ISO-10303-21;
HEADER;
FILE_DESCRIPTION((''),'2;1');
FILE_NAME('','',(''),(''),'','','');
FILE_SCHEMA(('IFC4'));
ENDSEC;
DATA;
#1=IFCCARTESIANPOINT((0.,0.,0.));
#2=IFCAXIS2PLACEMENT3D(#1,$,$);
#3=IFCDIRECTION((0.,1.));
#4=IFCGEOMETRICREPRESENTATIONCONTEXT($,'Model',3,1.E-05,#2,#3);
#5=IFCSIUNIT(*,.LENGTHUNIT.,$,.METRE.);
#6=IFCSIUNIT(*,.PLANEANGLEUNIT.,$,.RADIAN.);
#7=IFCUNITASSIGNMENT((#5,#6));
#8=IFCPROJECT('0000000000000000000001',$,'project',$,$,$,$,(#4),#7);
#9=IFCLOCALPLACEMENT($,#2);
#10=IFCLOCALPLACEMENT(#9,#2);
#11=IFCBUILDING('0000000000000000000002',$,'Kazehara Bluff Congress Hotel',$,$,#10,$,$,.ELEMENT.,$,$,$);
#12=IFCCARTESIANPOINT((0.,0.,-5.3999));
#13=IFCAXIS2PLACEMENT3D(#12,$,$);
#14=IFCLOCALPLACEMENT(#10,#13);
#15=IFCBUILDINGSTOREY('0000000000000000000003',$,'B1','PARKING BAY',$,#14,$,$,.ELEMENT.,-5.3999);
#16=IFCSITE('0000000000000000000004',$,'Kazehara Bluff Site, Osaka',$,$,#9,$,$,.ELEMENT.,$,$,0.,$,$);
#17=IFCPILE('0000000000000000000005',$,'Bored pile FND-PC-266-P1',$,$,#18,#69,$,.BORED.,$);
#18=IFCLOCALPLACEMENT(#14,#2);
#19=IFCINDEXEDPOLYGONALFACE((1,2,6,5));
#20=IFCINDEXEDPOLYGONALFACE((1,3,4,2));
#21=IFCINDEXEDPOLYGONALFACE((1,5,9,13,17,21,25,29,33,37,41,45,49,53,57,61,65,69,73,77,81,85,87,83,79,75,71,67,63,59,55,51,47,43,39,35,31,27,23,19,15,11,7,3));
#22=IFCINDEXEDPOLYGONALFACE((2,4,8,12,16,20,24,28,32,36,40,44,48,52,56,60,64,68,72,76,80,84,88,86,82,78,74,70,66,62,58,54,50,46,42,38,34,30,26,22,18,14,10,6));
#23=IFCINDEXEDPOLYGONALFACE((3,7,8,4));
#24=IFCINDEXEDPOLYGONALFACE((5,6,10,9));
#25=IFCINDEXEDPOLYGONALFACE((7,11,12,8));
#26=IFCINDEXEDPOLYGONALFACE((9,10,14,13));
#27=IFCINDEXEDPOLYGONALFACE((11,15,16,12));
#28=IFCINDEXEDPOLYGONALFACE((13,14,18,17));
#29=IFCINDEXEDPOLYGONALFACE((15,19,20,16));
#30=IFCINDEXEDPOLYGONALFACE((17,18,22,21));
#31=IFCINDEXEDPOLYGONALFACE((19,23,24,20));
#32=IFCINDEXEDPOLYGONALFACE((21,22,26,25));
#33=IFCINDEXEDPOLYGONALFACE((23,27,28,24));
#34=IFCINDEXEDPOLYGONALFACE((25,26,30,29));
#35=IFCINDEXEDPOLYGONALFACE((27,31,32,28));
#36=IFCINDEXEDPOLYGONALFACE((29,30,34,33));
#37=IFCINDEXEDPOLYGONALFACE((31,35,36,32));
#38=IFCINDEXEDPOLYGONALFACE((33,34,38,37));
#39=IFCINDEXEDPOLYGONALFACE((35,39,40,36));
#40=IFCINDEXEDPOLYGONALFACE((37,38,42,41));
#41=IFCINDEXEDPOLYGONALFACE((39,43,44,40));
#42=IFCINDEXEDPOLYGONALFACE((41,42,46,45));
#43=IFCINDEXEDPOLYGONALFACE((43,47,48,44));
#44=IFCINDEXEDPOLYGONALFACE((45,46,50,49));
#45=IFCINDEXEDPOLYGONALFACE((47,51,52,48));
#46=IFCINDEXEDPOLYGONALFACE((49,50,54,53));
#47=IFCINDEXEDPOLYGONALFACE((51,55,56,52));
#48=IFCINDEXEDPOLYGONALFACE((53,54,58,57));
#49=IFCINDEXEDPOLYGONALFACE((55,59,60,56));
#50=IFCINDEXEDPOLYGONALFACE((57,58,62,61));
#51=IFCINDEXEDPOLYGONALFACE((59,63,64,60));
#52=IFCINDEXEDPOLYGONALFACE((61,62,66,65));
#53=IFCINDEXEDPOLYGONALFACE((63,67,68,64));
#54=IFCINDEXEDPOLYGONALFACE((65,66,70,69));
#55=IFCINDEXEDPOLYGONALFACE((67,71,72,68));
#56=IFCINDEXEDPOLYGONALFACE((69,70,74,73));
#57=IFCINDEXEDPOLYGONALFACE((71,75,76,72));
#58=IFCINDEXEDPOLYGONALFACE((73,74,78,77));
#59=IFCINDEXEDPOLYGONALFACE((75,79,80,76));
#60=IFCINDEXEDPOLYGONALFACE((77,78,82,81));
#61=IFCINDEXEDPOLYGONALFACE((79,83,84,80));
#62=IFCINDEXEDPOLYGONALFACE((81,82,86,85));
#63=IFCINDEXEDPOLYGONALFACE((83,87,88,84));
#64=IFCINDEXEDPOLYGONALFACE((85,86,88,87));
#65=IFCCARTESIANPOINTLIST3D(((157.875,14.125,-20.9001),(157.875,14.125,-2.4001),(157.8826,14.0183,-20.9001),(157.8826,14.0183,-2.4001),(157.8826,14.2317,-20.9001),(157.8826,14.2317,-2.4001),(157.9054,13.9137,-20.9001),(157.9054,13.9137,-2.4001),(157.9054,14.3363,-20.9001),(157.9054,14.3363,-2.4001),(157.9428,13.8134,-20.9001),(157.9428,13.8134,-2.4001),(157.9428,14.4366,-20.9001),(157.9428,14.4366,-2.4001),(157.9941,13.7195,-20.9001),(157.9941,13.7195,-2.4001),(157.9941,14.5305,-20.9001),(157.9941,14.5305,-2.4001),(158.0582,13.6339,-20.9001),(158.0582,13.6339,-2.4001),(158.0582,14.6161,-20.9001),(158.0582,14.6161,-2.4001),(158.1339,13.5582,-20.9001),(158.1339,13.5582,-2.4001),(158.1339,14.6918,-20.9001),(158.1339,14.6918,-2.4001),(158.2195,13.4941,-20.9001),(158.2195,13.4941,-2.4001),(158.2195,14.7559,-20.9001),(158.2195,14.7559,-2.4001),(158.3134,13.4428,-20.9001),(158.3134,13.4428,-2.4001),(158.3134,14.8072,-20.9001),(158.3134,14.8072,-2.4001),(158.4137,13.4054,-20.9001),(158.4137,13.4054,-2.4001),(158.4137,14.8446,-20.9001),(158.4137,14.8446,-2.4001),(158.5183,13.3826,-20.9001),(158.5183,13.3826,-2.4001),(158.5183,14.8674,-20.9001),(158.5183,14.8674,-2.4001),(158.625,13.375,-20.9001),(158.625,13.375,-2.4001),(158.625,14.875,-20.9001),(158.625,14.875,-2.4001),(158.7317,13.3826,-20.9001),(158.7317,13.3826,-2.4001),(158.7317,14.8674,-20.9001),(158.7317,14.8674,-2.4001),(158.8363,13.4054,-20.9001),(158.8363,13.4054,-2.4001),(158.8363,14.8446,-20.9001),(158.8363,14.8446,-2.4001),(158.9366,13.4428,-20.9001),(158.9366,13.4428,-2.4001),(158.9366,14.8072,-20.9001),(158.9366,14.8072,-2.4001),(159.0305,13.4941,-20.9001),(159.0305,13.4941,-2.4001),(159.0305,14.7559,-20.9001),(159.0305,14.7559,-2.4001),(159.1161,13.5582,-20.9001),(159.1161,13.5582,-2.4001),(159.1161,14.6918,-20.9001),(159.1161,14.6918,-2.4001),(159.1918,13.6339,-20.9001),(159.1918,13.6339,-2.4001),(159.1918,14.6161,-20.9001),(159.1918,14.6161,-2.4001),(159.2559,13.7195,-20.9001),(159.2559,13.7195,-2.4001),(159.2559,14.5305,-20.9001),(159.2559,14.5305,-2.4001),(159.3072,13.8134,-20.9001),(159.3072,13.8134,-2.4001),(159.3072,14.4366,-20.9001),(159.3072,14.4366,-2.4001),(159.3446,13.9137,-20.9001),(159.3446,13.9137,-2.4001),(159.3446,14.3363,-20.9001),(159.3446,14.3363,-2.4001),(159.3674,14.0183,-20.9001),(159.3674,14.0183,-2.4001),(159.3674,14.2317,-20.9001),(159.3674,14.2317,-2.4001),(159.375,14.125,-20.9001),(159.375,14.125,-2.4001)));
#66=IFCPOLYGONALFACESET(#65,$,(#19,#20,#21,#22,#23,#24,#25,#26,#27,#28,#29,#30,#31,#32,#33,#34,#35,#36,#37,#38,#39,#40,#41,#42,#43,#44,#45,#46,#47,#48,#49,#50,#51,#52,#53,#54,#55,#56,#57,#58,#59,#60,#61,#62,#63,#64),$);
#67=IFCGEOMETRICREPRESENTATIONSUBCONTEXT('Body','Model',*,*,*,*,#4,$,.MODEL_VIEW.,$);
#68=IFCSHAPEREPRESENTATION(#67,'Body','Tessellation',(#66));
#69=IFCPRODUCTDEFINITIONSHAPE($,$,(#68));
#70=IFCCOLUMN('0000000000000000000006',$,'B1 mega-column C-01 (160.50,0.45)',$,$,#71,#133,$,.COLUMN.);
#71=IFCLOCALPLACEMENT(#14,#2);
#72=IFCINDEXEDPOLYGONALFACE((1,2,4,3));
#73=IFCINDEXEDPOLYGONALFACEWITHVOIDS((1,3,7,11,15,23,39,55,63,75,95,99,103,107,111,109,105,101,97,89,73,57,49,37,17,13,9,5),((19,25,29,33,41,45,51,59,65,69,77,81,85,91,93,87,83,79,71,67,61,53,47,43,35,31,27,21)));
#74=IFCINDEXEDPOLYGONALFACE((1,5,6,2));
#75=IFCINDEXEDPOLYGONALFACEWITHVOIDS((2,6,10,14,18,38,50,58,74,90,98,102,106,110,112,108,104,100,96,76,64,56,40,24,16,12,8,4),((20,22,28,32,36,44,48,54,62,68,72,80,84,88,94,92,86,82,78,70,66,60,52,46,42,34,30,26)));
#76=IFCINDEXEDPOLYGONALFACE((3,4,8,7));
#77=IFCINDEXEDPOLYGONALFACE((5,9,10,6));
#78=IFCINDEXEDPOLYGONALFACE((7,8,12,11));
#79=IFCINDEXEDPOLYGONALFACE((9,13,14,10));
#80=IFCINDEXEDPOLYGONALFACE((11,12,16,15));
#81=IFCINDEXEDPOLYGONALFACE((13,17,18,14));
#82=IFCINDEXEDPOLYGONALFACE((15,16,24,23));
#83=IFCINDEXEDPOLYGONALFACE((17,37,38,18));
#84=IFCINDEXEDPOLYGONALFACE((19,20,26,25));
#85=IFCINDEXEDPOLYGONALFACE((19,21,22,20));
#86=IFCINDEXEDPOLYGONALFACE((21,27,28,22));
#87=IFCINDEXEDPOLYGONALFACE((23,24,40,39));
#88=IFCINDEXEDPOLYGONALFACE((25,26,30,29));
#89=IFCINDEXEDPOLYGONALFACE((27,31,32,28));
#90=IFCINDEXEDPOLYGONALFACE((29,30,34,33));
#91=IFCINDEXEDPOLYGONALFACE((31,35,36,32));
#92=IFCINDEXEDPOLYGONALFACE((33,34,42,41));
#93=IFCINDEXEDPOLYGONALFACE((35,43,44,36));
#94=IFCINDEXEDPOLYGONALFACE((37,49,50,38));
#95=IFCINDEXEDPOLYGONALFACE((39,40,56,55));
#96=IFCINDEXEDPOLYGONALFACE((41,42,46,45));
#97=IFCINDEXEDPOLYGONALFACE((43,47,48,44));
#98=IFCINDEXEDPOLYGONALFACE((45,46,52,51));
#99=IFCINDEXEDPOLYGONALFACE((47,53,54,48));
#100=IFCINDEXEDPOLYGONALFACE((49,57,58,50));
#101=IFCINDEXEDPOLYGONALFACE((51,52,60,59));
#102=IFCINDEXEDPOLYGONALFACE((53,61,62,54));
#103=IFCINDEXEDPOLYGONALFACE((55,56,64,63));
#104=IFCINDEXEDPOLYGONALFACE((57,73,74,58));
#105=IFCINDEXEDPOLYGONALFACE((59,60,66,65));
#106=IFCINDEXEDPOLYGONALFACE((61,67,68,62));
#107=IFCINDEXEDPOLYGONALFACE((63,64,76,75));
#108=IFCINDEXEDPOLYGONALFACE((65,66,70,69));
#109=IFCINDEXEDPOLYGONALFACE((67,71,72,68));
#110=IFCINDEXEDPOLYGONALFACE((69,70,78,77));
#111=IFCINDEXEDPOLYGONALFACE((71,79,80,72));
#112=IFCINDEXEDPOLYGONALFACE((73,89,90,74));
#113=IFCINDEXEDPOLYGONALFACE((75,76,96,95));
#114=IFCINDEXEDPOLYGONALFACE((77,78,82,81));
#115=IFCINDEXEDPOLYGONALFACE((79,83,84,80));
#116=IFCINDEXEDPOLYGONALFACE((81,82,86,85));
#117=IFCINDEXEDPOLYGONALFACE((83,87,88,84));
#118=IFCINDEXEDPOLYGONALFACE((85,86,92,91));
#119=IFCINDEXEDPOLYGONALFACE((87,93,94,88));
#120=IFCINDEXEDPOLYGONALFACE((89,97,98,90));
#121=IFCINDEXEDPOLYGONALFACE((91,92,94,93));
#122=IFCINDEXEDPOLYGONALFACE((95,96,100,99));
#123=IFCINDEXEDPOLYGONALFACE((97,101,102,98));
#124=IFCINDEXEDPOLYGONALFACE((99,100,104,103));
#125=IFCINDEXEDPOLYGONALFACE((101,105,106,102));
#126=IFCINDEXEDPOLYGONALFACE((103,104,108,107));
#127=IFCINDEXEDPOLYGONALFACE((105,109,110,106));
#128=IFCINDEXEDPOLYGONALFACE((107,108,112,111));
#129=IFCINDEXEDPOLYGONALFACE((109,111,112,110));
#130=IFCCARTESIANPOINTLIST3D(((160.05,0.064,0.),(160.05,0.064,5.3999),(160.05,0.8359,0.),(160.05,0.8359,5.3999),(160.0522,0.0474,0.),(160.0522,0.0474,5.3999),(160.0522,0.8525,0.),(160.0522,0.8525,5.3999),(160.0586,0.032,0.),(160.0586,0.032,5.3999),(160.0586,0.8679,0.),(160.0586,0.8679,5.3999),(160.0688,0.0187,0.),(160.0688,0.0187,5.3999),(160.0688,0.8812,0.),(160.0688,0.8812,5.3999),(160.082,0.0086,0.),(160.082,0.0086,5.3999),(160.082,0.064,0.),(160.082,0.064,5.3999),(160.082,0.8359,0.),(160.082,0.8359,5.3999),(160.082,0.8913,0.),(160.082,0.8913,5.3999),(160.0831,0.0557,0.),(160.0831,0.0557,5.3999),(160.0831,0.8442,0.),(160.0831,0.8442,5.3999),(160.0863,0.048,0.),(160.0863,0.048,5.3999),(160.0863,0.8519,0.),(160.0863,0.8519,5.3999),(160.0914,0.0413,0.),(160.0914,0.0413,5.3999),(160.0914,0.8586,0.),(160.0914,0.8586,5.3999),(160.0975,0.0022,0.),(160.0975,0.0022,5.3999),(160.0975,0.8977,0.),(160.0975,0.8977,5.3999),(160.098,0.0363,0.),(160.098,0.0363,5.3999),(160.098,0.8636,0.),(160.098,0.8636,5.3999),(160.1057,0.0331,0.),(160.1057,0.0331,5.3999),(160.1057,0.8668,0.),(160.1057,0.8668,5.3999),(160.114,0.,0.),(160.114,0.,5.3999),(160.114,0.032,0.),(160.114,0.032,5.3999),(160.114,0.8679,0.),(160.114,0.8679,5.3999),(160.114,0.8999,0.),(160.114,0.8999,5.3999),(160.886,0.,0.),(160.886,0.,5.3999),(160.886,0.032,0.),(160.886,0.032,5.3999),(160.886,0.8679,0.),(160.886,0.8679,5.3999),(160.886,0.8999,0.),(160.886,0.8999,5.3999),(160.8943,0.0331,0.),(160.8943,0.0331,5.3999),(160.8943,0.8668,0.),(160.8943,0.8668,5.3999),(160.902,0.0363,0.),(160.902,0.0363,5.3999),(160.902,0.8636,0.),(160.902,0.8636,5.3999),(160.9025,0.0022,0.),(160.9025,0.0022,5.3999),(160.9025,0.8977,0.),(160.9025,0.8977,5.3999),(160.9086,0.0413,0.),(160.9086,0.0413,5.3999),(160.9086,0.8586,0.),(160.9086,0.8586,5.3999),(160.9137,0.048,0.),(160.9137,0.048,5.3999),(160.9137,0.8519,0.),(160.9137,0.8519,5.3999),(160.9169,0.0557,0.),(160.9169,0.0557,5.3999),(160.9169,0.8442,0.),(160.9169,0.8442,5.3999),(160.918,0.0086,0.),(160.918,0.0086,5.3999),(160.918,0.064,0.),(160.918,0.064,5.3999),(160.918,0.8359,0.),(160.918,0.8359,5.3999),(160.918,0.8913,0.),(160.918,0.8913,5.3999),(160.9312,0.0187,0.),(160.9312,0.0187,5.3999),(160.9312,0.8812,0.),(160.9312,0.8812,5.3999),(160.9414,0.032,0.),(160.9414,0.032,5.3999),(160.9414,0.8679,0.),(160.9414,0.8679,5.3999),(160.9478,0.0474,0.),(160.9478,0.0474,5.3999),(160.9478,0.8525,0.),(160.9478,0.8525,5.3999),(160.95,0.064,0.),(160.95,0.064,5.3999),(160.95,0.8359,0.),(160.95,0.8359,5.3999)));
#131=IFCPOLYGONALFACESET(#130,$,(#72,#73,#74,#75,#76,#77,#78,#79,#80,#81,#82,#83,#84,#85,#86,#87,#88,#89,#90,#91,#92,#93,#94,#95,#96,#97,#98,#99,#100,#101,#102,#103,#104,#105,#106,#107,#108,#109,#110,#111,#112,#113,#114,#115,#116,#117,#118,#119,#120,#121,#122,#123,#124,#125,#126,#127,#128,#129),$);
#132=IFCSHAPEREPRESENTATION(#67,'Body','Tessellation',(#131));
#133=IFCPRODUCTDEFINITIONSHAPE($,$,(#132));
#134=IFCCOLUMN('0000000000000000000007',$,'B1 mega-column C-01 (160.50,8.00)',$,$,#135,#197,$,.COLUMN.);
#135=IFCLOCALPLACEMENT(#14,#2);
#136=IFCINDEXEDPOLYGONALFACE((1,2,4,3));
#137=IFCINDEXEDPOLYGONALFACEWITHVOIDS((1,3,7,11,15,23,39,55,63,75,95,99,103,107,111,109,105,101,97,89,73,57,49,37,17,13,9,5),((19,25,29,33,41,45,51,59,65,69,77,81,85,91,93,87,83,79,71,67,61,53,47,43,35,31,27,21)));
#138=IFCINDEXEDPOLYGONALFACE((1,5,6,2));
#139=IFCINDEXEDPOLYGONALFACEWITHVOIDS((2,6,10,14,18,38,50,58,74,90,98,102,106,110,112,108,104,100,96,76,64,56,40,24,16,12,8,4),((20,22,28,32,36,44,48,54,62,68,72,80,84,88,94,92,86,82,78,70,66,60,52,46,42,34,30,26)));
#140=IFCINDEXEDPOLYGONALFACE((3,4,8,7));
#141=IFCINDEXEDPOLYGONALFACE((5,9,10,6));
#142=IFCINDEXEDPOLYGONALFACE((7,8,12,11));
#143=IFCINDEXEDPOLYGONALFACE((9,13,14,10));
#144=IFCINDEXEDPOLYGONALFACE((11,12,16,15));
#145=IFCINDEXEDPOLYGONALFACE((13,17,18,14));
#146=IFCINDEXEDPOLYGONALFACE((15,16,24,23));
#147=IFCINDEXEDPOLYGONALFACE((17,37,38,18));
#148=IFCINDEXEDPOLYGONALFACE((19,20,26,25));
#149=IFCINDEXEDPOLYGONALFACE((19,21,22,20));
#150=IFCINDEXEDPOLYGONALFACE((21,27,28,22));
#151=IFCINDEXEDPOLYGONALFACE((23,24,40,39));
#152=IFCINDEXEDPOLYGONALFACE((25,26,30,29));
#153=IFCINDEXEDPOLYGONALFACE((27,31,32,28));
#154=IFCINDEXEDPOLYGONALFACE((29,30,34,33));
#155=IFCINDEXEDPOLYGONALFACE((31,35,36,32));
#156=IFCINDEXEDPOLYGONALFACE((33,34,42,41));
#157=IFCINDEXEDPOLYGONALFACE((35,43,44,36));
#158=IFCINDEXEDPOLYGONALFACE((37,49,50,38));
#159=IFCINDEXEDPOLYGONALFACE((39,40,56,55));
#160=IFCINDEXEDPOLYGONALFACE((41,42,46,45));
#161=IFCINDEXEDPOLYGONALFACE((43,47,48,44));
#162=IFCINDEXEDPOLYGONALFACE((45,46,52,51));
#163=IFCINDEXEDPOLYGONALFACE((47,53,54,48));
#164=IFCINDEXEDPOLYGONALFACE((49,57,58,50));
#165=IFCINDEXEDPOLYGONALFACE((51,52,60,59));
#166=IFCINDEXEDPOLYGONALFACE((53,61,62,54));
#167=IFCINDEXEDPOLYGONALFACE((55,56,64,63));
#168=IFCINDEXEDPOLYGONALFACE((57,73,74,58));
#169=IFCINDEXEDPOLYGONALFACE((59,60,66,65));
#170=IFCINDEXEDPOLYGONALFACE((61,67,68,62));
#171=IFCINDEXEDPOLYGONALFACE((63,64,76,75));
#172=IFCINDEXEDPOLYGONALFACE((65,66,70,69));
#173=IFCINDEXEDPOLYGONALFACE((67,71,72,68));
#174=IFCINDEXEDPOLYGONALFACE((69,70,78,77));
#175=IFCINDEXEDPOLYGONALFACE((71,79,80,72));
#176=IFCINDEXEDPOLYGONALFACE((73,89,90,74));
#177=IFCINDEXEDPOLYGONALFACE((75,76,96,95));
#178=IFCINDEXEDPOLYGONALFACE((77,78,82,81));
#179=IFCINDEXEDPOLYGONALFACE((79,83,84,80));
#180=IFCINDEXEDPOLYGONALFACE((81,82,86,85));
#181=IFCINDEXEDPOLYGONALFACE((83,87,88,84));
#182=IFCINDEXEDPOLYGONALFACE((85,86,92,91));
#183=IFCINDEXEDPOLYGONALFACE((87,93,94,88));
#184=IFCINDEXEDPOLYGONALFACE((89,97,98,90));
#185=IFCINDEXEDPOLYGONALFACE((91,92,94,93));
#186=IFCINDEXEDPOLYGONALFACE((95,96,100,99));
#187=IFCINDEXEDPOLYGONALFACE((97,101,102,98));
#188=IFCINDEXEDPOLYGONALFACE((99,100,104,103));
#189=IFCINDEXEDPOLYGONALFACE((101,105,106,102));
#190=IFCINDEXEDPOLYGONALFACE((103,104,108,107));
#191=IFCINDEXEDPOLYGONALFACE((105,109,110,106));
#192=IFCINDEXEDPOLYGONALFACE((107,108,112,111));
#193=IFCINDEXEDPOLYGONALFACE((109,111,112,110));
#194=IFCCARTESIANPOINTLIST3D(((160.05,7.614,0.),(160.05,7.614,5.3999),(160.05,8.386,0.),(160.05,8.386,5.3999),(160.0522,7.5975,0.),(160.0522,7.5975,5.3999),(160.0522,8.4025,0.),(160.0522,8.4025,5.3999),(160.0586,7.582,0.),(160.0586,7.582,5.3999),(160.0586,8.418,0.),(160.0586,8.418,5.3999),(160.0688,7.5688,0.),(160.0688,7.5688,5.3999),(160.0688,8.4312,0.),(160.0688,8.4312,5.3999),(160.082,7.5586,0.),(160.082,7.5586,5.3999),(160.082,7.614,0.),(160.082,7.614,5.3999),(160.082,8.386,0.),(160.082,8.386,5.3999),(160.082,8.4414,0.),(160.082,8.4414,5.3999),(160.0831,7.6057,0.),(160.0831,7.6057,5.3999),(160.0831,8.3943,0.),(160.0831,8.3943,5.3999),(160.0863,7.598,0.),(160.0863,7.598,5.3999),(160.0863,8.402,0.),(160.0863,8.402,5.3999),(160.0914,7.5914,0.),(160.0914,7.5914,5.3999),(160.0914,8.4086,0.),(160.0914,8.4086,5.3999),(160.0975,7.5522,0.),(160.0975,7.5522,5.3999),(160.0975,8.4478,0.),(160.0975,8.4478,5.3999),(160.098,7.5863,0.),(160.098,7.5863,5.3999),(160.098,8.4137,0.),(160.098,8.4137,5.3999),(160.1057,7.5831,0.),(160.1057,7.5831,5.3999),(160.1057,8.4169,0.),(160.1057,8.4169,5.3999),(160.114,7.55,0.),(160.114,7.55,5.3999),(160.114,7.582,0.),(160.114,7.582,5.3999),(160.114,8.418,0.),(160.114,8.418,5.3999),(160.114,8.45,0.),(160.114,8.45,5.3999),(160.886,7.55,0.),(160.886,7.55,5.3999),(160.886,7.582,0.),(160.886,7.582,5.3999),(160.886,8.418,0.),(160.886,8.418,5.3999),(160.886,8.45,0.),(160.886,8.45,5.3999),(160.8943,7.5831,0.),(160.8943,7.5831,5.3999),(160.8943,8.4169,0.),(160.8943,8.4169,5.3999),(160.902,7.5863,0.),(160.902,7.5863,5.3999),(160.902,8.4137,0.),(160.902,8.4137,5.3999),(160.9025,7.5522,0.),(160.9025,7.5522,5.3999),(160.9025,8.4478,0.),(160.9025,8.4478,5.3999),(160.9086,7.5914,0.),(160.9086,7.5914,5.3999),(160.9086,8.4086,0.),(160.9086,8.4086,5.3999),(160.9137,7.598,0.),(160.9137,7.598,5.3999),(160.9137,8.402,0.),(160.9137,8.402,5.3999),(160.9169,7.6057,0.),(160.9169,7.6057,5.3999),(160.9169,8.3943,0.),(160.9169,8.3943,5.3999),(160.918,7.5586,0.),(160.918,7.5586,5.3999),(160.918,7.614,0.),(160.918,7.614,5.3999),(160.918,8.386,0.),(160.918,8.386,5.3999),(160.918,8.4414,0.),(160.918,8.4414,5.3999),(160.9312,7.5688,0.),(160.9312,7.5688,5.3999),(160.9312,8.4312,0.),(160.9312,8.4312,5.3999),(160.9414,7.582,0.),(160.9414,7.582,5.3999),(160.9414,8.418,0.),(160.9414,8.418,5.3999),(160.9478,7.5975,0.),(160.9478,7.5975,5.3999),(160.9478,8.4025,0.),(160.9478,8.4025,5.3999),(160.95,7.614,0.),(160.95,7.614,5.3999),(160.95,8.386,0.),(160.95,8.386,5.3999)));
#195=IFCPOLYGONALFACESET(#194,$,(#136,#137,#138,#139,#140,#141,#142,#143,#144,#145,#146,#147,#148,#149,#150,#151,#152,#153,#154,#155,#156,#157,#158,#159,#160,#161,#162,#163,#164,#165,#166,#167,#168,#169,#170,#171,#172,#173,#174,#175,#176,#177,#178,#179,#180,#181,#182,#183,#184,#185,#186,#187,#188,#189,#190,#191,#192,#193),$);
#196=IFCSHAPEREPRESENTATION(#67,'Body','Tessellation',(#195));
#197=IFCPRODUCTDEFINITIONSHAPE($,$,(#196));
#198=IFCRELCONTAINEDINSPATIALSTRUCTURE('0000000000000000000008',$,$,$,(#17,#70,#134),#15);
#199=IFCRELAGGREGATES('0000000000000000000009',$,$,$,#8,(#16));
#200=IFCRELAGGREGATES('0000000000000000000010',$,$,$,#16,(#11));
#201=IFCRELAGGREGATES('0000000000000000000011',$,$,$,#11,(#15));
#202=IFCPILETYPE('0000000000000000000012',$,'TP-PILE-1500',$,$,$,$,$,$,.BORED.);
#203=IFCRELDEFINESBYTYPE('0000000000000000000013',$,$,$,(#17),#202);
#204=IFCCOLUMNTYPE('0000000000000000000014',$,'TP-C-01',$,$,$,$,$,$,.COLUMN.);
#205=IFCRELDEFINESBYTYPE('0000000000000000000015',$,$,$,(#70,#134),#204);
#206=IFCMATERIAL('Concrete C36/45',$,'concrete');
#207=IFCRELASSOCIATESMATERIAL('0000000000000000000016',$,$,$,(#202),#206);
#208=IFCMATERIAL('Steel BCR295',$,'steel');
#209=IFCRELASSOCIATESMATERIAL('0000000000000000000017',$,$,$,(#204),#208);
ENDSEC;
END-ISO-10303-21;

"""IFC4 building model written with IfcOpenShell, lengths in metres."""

from ifc_helpers import new_model, si_unit, direction, frame, origin, origin_2d, place, context, subcontext, project, spatial, hollow_rectangle, circle, extrude, material, material_profile, profile_set, type_object, element, save


model = new_model("IFC4")

# Units and contexts
model_context = context("Model", 3, precision=1e-05, world=origin(), true_north=direction((0.0, 1.0)))
body_context = subcontext(model_context, "Body", "Model", "MODEL_VIEW")
ifc_project = project(units=[si_unit("LENGTHUNIT", "METRE"), si_unit("PLANEANGLEUNIT", "RADIAN")], contexts=[model_context])

# Site, building, storey
site_placement = place(None, origin())
site = spatial("IfcSite", under=ifc_project, at=site_placement, Name="Kazehara Bluff Site, Osaka", CompositionType="ELEMENT", RefElevation=0.0)
building_placement = place(site_placement, origin())
building = spatial("IfcBuilding", under=site, at=building_placement, Name="Kazehara Bluff Congress Hotel", CompositionType="ELEMENT")
storey_placement = place(building_placement, frame((0.0, 0.0, -5.3999)))
storey = spatial("IfcBuildingStorey", under=building, at=storey_placement, Name="B1", Description="PARKING BAY", CompositionType="ELEMENT", Elevation=-5.3999)

# Pile
ifc_material_1 = material(Name="Concrete C36/45", Category="concrete")
ifc_material_profile_1 = material_profile(ifc_material_1, circle(Radius=0.75, at=origin_2d()))
ifc_profile_set_1 = profile_set([ifc_material_profile_1], Name="Concrete C36/45")
pile_type_1 = type_object("IfcPileType", Name="TP-PILE-1500", PredefinedType="BORED", material=ifc_profile_set_1)
for number, where, z_axis, x_axis, name in (
    (1, (158.625, 14.125, -2.4001), (0.0, 0.0, -1.0), (1.0, 0.0, 0.0), "Bored pile FND-PC-266-P1"),
):
    element("IfcPile", number, at=place(storey_placement, frame(where, z_axis=z_axis, x_axis=x_axis)), inside=storey, type_object=pile_type_1, Name=name, PredefinedType="BORED", context=body_context, shape_type="SweptSolid", body=[
        extrude(circle(Radius=0.75, at=origin_2d()), origin(), (0.0, 0.0, 1.0), 18.5),
    ])

# Columns
ifc_material_2 = material(Name="Steel BCR295", Category="steel")
ifc_material_profile_2 = material_profile(ifc_material_2, hollow_rectangle(XDim=0.8999, YDim=0.8999, WallThickness=0.032, InnerFilletRadius=0.032, OuterFilletRadius=0.064, at=origin_2d()))
ifc_profile_set_2 = profile_set([ifc_material_profile_2], Name="Steel BCR295")
column_type = type_object("IfcColumnType", Name="TP-C-01", PredefinedType="COLUMN", material=ifc_profile_set_2)
for number, where, z_axis, x_axis, name in (
    (2, (160.5, 0.45, 0.0), (0.0, 0.0, 1.0), (1.0, 0.0, 0.0), "B1 mega-column C-01 (160.50,0.45)"),
    (3, (160.5, 8.0, 0.0), (0.0, 0.0, 1.0), (1.0, 0.0, 0.0), "B1 mega-column C-01 (160.50,8.00)"),
):
    element("IfcColumn", number, at=place(storey_placement, frame(where, z_axis=z_axis, x_axis=x_axis)), inside=storey, type_object=column_type, Name=name, PredefinedType="COLUMN", context=body_context, shape_type="SweptSolid", body=[
        extrude(hollow_rectangle(XDim=0.8999, YDim=0.8999, WallThickness=0.032, InnerFilletRadius=0.032, OuterFilletRadius=0.064, at=origin_2d()), origin(), (0.0, 0.0, 1.0), 5.3999),
    ])

save(model, "model.ifc")
